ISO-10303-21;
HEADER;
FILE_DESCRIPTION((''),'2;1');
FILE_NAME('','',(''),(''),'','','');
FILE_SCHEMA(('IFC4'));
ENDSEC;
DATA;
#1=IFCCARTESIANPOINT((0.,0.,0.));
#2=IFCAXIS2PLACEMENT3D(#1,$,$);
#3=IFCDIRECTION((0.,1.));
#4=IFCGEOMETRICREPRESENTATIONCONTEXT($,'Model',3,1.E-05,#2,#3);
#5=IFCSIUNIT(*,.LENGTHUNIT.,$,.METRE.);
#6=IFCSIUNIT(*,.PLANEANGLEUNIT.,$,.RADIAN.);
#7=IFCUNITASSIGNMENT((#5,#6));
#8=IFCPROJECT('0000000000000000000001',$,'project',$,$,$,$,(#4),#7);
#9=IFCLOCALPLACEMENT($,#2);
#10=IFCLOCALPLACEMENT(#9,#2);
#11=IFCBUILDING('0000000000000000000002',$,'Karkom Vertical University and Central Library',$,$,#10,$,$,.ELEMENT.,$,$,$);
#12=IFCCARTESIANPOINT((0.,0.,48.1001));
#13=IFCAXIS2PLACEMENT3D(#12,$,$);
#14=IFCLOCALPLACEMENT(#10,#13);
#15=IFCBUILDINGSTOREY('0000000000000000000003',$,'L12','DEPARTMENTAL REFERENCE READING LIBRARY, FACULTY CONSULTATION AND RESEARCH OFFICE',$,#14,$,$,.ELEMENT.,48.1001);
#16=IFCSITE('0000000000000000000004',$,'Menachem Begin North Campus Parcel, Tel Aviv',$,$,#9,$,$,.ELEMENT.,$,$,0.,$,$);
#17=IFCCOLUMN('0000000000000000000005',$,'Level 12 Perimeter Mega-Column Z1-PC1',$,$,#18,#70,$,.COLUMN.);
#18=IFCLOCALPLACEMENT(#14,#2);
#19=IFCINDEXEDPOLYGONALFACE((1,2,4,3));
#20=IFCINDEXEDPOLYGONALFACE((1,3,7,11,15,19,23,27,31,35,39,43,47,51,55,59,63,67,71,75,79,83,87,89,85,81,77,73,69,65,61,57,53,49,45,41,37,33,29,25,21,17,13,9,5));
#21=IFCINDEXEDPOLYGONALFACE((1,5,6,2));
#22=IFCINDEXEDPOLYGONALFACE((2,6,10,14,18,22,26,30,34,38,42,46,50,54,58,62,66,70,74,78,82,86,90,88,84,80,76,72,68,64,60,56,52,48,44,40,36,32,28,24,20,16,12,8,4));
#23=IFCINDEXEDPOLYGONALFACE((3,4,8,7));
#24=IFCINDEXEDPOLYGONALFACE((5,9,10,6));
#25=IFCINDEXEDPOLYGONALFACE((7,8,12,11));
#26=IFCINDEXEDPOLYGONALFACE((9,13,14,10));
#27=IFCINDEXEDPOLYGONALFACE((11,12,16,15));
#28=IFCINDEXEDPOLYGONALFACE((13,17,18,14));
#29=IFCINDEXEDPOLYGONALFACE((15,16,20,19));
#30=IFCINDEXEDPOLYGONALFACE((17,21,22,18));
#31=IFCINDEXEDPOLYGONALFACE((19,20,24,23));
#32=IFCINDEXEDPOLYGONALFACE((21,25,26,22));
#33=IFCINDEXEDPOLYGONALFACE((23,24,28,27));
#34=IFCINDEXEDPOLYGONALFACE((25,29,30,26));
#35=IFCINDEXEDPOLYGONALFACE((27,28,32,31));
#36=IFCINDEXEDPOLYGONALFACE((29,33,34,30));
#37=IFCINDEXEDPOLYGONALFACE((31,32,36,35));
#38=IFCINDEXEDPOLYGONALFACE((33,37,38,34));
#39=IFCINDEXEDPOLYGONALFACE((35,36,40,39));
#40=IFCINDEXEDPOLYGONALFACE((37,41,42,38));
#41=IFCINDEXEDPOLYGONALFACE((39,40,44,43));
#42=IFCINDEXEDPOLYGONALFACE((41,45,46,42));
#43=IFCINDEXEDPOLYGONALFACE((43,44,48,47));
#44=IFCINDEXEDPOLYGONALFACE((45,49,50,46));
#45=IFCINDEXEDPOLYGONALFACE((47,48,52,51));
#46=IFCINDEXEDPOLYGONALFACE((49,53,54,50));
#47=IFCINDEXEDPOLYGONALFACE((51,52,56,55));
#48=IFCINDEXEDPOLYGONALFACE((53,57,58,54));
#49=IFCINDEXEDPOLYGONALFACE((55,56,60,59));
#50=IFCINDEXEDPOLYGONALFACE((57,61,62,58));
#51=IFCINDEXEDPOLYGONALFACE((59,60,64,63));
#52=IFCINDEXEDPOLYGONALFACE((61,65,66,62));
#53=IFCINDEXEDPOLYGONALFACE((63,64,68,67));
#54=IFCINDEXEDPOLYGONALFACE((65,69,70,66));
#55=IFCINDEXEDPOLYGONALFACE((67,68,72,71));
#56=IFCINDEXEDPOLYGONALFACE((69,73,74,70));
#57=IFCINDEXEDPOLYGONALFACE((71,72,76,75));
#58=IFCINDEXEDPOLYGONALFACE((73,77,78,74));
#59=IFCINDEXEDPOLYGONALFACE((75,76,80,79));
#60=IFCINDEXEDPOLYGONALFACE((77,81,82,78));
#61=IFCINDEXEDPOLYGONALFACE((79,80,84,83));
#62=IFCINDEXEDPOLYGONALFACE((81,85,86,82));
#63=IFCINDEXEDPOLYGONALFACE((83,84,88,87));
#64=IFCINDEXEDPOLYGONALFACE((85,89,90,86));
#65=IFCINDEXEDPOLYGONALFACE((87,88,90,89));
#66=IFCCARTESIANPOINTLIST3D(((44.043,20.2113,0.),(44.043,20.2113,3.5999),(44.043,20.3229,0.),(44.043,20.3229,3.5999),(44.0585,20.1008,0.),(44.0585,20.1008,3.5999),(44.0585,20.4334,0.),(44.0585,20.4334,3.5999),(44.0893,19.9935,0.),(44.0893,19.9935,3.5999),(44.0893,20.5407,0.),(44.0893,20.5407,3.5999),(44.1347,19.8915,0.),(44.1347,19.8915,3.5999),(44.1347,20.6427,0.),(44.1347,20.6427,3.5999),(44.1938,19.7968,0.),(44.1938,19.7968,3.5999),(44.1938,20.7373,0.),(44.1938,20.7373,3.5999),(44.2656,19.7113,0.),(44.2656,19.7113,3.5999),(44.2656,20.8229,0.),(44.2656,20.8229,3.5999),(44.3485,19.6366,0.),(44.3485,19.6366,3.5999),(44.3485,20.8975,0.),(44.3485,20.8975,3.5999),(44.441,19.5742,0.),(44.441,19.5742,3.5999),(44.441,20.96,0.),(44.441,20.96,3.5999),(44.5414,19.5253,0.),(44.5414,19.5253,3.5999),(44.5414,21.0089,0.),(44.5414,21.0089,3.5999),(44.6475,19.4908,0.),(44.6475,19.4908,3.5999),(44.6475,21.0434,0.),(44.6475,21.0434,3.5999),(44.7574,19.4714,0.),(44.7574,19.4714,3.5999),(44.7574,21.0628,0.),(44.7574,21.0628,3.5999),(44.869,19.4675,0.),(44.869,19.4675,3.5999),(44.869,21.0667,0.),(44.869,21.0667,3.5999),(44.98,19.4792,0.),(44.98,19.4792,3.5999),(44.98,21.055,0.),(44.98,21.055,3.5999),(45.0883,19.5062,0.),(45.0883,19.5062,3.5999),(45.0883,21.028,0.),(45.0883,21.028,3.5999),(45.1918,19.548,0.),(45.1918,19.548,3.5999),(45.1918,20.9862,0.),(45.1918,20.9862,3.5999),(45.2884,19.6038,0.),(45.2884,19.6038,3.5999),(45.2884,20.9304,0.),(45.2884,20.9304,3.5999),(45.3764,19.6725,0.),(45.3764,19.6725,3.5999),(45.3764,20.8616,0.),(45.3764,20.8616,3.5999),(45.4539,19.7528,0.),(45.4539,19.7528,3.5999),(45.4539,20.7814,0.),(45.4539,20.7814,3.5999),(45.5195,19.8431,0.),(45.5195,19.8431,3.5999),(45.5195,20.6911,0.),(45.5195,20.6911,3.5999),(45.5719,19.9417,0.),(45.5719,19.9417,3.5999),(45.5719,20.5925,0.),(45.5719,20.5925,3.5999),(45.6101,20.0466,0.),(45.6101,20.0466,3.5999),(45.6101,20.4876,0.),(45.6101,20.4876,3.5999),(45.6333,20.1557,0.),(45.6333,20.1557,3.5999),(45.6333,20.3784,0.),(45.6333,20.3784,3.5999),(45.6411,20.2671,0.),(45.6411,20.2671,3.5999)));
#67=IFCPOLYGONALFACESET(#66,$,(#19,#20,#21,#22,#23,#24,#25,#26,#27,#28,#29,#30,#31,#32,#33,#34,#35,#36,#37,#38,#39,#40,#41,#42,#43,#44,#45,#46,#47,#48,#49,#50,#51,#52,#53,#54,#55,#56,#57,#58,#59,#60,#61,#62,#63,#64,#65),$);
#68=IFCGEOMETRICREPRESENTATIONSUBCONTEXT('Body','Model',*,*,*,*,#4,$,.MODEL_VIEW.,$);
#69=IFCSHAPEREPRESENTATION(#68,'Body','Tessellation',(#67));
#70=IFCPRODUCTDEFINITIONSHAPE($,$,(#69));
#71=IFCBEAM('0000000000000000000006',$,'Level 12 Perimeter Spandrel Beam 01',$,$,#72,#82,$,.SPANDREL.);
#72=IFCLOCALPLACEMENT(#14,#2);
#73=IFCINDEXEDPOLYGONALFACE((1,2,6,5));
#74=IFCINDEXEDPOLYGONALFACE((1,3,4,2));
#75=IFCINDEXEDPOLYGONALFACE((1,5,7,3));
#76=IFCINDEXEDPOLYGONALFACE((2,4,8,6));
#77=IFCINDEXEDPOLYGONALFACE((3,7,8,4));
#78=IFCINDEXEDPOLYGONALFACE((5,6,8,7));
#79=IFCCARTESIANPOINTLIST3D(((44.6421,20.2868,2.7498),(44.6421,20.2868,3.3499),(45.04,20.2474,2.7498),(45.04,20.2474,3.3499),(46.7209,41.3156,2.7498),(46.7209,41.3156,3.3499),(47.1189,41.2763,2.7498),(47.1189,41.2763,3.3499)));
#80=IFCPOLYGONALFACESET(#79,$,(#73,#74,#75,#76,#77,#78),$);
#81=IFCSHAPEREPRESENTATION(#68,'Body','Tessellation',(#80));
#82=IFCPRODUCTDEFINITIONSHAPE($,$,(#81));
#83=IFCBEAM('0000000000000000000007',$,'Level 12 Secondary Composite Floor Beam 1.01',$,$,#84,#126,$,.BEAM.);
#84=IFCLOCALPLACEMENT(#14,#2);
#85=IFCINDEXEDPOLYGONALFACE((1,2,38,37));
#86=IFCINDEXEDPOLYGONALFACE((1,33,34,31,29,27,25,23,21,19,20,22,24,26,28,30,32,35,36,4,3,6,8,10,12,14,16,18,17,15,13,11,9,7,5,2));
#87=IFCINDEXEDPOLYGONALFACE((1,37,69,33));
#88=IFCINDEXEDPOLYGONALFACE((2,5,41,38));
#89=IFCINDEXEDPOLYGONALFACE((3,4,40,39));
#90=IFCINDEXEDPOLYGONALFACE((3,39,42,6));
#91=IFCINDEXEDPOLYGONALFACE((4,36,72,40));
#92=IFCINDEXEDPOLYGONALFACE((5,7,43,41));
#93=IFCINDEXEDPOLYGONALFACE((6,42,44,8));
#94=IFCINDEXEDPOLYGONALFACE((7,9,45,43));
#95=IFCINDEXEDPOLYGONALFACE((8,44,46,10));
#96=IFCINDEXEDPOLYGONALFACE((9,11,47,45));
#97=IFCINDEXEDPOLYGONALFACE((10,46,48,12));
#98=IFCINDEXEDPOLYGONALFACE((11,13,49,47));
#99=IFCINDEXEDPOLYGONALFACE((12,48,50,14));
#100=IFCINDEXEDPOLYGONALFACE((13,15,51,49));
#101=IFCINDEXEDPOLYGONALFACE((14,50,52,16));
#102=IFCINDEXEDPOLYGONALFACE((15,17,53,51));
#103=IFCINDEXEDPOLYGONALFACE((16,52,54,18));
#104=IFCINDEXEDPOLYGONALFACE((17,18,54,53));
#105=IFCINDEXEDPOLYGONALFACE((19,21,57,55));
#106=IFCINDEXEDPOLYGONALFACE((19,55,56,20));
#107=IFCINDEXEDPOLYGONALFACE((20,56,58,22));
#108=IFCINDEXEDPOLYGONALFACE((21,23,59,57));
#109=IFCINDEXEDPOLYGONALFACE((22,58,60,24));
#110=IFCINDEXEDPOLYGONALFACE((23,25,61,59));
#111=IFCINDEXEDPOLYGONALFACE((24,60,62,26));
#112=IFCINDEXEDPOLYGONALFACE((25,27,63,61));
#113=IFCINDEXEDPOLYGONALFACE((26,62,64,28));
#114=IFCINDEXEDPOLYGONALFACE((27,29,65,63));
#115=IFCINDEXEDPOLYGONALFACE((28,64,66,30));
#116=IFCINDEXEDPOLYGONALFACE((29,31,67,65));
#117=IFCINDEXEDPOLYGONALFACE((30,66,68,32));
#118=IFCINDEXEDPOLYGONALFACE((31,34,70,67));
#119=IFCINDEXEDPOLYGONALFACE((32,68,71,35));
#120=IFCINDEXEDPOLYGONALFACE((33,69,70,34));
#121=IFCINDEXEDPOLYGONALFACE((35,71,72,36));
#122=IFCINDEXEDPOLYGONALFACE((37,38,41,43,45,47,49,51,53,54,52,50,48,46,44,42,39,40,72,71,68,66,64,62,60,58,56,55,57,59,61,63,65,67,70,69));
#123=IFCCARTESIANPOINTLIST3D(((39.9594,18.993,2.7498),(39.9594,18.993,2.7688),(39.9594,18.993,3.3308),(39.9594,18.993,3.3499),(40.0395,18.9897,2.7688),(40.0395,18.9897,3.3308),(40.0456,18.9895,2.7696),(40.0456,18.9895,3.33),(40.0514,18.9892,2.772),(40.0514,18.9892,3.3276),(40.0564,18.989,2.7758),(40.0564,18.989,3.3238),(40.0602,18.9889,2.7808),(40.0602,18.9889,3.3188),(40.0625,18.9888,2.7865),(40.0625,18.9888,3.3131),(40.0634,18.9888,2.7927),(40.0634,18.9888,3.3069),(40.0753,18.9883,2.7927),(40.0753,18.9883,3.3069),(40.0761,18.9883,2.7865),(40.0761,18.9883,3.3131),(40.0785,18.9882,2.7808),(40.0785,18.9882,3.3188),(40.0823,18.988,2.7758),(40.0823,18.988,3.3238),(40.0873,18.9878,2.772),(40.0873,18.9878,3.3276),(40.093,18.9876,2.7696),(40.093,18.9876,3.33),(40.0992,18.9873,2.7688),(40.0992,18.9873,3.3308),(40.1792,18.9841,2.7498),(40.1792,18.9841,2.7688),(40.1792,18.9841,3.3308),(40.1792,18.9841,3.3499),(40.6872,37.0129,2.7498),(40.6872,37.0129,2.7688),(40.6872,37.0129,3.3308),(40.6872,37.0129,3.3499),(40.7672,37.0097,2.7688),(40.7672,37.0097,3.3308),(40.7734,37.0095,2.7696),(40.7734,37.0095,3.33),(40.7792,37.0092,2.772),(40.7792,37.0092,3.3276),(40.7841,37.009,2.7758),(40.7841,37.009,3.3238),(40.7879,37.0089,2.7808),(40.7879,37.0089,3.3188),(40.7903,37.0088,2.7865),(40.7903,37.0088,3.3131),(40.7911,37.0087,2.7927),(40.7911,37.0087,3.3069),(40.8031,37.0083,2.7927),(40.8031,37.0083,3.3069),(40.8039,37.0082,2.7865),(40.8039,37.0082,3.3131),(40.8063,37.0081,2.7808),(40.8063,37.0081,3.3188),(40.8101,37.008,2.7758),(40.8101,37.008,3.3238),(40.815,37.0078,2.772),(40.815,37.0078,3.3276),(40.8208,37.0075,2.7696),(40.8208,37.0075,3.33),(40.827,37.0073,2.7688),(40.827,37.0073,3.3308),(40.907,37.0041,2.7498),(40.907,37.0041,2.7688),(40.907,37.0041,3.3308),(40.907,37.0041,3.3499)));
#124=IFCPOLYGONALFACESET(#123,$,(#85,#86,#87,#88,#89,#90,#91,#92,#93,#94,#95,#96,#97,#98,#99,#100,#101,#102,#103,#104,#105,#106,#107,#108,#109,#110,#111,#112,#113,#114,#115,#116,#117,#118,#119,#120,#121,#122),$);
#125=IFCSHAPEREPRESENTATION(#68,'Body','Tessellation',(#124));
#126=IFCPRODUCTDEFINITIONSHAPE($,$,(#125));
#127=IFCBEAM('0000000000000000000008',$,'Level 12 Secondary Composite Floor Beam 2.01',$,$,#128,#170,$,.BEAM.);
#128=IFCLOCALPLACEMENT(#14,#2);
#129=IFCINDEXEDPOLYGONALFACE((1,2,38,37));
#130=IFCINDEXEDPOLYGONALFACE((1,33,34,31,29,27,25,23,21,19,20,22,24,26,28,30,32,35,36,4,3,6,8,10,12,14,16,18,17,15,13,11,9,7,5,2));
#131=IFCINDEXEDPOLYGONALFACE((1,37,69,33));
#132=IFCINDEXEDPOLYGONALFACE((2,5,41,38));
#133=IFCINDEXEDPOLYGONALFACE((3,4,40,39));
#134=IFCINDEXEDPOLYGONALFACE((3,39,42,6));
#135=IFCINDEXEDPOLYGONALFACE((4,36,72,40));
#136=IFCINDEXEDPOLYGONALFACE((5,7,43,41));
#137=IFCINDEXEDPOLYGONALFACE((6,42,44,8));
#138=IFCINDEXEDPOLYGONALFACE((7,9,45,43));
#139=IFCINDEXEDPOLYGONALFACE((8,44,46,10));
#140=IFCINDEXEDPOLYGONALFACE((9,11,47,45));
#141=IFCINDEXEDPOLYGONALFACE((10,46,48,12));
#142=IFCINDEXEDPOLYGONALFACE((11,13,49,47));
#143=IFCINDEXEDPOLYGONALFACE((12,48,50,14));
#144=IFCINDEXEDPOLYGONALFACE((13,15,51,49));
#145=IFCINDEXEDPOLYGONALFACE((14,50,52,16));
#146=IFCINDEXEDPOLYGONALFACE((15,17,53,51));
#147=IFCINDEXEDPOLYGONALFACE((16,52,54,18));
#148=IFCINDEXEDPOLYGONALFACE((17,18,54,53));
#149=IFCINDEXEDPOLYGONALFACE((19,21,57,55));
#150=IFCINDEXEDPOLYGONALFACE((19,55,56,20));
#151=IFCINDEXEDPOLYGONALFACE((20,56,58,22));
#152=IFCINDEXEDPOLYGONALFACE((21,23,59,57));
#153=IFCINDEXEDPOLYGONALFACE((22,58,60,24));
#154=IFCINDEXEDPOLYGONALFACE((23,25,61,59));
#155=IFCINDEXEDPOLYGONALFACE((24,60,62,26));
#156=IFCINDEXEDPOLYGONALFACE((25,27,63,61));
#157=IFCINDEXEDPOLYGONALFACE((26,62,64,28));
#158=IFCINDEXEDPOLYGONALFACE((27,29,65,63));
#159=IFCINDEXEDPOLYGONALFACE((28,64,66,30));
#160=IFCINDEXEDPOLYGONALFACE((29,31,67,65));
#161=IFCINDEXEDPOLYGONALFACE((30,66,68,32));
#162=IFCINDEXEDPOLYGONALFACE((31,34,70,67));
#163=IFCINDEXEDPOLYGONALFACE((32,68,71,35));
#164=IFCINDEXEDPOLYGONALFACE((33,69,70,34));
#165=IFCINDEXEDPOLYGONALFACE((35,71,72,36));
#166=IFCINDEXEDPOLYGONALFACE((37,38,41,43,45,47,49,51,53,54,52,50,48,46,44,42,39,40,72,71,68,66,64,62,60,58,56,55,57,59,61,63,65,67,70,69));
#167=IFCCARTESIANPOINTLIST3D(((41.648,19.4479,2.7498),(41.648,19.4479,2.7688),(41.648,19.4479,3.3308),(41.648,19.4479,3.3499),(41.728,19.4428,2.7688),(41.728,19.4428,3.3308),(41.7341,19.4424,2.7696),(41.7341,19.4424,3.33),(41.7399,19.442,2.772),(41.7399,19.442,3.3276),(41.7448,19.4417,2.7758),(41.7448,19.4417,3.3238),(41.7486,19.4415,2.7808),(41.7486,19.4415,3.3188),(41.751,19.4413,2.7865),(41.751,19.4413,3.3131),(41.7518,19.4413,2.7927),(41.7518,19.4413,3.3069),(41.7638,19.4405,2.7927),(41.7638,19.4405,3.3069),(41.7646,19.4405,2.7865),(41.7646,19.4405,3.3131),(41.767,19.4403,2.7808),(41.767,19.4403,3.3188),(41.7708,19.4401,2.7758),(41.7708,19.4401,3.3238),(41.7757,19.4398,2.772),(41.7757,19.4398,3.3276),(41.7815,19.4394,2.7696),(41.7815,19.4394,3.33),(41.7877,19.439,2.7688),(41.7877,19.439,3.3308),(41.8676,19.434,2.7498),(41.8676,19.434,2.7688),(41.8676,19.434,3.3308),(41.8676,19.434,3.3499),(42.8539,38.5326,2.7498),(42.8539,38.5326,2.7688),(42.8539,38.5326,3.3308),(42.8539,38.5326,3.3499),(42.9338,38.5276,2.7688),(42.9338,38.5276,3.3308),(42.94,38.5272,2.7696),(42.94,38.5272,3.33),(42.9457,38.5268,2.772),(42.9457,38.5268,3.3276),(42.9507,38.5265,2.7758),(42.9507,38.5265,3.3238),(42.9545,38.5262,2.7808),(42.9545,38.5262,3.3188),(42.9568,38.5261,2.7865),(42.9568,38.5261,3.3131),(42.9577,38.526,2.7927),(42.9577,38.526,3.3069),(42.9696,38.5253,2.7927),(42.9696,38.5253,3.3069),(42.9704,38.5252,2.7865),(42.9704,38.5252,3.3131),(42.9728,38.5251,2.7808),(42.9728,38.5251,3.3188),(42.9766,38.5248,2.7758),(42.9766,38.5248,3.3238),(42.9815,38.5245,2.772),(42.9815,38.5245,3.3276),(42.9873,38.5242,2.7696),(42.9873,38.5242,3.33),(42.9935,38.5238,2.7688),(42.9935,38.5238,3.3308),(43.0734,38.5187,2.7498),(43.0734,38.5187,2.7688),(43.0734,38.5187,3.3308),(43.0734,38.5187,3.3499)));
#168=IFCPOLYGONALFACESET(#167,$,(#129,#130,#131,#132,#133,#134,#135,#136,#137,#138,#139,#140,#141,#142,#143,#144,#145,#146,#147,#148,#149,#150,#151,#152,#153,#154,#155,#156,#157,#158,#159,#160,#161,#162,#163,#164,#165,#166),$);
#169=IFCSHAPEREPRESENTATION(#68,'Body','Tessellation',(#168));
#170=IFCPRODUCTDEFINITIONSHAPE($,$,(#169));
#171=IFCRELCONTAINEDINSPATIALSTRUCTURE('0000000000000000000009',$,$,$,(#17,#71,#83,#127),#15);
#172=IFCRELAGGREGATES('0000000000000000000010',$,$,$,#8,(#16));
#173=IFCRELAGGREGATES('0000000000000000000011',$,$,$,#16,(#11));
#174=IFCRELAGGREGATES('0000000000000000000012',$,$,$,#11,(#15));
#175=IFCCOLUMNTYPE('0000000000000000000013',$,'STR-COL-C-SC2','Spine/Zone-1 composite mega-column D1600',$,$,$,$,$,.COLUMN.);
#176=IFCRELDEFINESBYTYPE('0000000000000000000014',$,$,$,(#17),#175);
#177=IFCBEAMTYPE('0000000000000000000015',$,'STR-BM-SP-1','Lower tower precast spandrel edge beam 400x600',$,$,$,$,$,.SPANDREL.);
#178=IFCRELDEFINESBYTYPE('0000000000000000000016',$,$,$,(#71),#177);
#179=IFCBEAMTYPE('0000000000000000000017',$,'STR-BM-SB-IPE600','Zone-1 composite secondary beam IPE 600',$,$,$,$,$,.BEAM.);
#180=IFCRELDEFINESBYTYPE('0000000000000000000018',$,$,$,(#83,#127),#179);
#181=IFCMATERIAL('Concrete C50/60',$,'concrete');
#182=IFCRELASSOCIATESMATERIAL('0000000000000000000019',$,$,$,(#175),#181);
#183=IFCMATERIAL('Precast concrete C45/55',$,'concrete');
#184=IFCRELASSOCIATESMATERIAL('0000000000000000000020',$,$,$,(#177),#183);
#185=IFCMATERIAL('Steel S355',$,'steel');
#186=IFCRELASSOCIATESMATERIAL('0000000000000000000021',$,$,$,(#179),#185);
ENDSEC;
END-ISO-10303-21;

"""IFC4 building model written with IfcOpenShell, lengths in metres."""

from ifc_helpers import new_model, si_unit, direction, frame, origin, origin_with_axes, origin_2d, place, context, subcontext, project, spatial, rectangle, circle, i_section, extrude, source, transform, mapped, material, material_profile, profile_set, type_object, element, save


model = new_model("IFC4")

# Units and contexts
model_context = context("Model", 3, precision=1e-05, world=origin(), true_north=direction((0.0, 1.0)))
body_context = subcontext(model_context, "Body", "Model", "MODEL_VIEW")
ifc_project = project(units=[si_unit("LENGTHUNIT", "METRE"), si_unit("PLANEANGLEUNIT", "RADIAN")], contexts=[model_context])

# Site, building, storey
site_placement = place(None, origin())
site = spatial("IfcSite", under=ifc_project, at=site_placement, Name="Menachem Begin North Campus Parcel, Tel Aviv", CompositionType="ELEMENT", RefElevation=0.0)
building_placement = place(site_placement, origin())
building = spatial("IfcBuilding", under=site, at=building_placement, Name="Karkom Vertical University and Central Library", CompositionType="ELEMENT")
storey_placement = place(building_placement, frame((0.0, 0.0, 48.1001)))
storey = spatial("IfcBuildingStorey", under=building, at=storey_placement, Name="L12", Description="DEPARTMENTAL REFERENCE READING LIBRARY, FACULTY CONSULTATION AND RESEARCH OFFICE", CompositionType="ELEMENT", Elevation=48.1001)

# Column
ifc_material_1 = material(Name="Concrete C50/60", Category="concrete")
ifc_material_profile_1 = material_profile(ifc_material_1, circle(Radius=0.8, at=origin_2d()), Name="CFT-D1600")
ifc_profile_set_1 = profile_set([ifc_material_profile_1], Name="Concrete C50/60")
column_type = type_object("IfcColumnType", Name="STR-COL-C-SC2", Description="Spine/Zone-1 composite mega-column D1600", PredefinedType="COLUMN", material=ifc_profile_set_1)
shared_shape_1 = source(origin_with_axes(), body_context, "Body", "SweptSolid", [
    extrude(circle(Radius=0.8, at=origin_2d()), origin(), (0.0, 0.0, 1.0), 3.5999),
])
column_placement = place(storey_placement, frame((44.8411, 20.2671, 0.0), z_axis=(0.0, 0.0, 1.0), x_axis=(1.0, 0.0, 0.0)))
element("IfcColumn", 1, at=column_placement, inside=storey, type_object=column_type, Name="Level 12 Perimeter Mega-Column Z1-PC1", PredefinedType="COLUMN", context=body_context, shape_type="MappedRepresentation", body=[
    mapped(shared_shape_1, transform((0.0, 0.0, 0.0), scale=1.0)),
])

# Beams
ifc_material_2 = material(Name="Precast concrete C45/55", Category="concrete")
ifc_material_profile_2 = material_profile(ifc_material_2, rectangle(XDim=0.3999, YDim=0.6001, at=origin_2d()), Name="SPB-400x600")
ifc_profile_set_2 = profile_set([ifc_material_profile_2], Name="Precast concrete C45/55")
beam_type_1 = type_object("IfcBeamType", Name="STR-BM-SP-1", Description="Lower tower precast spandrel edge beam 400x600", PredefinedType="SPANDREL", material=ifc_profile_set_2)
shared_shape_2 = source(origin_with_axes(), body_context, "Body", "SweptSolid", [
    extrude(rectangle(XDim=0.3999, YDim=0.6001, at=origin_2d()), origin(), (0.0, 0.0, 1.0), 21.1313),
])
beam_1_placement = place(storey_placement, frame((44.8411, 20.2671, 3.0498), z_axis=(0.098378, 0.995149, 0.0), x_axis=(-0.995149, 0.098378, 0.0)))
element("IfcBeam", 2, at=beam_1_placement, inside=storey, type_object=beam_type_1, Name="Level 12 Perimeter Spandrel Beam 01", PredefinedType="SPANDREL", context=body_context, shape_type="MappedRepresentation", body=[
    mapped(shared_shape_2, transform((0.0, 0.0, 0.0), scale=1.0)),
])
ifc_material_3 = material(Name="Steel S355", Category="steel")
ifc_material_profile_3 = material_profile(ifc_material_3, i_section(OverallWidth=0.22, OverallDepth=0.6001, WebThickness=0.012, FlangeThickness=0.019, FilletRadius=0.0239, at=origin_2d()), Name="IPE 600")
ifc_profile_set_3 = profile_set([ifc_material_profile_3], Name="Steel S355")
beam_type_2 = type_object("IfcBeamType", Name="STR-BM-SB-IPE600", Description="Zone-1 composite secondary beam IPE 600", PredefinedType="BEAM", material=ifc_profile_set_3)
shared_shape_3 = source(origin_with_axes(), body_context, "Body", "SweptSolid", [
    extrude(i_section(OverallWidth=0.22, OverallDepth=0.6001, WebThickness=0.012, FlangeThickness=0.019, FilletRadius=0.0239, at=origin_2d()), origin(), (0.0, 0.0, 1.0), 18.0347),
])
beam_2_placement = place(storey_placement, frame((40.0693, 18.9885, 3.0498), z_axis=(0.040355, 0.999185, 0.0), x_axis=(-0.999185, 0.040355, 0.0)))
element("IfcBeam", 3, at=beam_2_placement, inside=storey, type_object=beam_type_2, Name="Level 12 Secondary Composite Floor Beam 1.01", PredefinedType="BEAM", context=body_context, shape_type="MappedRepresentation", body=[
    mapped(shared_shape_3, transform((0.0, 0.0, 0.0), scale=1.0)),
])
shared_shape_4 = source(origin_with_axes(), body_context, "Body", "SweptSolid", [
    extrude(i_section(OverallWidth=0.22, OverallDepth=0.6001, WebThickness=0.012, FlangeThickness=0.019, FilletRadius=0.0239, at=origin_2d()), origin(), (0.0, 0.0, 1.0), 19.1228),
])
beam_3_placement = place(storey_placement, frame((41.7578, 19.4409, 3.0498), z_axis=(0.063056, 0.99801, 0.0), x_axis=(-0.99801, 0.063056, 0.0)))
element("IfcBeam", 4, at=beam_3_placement, inside=storey, type_object=beam_type_2, Name="Level 12 Secondary Composite Floor Beam 2.01", PredefinedType="BEAM", context=body_context, shape_type="MappedRepresentation", body=[
    mapped(shared_shape_4, transform((0.0, 0.0, 0.0), scale=1.0)),
])

save(model, "model.ifc")
